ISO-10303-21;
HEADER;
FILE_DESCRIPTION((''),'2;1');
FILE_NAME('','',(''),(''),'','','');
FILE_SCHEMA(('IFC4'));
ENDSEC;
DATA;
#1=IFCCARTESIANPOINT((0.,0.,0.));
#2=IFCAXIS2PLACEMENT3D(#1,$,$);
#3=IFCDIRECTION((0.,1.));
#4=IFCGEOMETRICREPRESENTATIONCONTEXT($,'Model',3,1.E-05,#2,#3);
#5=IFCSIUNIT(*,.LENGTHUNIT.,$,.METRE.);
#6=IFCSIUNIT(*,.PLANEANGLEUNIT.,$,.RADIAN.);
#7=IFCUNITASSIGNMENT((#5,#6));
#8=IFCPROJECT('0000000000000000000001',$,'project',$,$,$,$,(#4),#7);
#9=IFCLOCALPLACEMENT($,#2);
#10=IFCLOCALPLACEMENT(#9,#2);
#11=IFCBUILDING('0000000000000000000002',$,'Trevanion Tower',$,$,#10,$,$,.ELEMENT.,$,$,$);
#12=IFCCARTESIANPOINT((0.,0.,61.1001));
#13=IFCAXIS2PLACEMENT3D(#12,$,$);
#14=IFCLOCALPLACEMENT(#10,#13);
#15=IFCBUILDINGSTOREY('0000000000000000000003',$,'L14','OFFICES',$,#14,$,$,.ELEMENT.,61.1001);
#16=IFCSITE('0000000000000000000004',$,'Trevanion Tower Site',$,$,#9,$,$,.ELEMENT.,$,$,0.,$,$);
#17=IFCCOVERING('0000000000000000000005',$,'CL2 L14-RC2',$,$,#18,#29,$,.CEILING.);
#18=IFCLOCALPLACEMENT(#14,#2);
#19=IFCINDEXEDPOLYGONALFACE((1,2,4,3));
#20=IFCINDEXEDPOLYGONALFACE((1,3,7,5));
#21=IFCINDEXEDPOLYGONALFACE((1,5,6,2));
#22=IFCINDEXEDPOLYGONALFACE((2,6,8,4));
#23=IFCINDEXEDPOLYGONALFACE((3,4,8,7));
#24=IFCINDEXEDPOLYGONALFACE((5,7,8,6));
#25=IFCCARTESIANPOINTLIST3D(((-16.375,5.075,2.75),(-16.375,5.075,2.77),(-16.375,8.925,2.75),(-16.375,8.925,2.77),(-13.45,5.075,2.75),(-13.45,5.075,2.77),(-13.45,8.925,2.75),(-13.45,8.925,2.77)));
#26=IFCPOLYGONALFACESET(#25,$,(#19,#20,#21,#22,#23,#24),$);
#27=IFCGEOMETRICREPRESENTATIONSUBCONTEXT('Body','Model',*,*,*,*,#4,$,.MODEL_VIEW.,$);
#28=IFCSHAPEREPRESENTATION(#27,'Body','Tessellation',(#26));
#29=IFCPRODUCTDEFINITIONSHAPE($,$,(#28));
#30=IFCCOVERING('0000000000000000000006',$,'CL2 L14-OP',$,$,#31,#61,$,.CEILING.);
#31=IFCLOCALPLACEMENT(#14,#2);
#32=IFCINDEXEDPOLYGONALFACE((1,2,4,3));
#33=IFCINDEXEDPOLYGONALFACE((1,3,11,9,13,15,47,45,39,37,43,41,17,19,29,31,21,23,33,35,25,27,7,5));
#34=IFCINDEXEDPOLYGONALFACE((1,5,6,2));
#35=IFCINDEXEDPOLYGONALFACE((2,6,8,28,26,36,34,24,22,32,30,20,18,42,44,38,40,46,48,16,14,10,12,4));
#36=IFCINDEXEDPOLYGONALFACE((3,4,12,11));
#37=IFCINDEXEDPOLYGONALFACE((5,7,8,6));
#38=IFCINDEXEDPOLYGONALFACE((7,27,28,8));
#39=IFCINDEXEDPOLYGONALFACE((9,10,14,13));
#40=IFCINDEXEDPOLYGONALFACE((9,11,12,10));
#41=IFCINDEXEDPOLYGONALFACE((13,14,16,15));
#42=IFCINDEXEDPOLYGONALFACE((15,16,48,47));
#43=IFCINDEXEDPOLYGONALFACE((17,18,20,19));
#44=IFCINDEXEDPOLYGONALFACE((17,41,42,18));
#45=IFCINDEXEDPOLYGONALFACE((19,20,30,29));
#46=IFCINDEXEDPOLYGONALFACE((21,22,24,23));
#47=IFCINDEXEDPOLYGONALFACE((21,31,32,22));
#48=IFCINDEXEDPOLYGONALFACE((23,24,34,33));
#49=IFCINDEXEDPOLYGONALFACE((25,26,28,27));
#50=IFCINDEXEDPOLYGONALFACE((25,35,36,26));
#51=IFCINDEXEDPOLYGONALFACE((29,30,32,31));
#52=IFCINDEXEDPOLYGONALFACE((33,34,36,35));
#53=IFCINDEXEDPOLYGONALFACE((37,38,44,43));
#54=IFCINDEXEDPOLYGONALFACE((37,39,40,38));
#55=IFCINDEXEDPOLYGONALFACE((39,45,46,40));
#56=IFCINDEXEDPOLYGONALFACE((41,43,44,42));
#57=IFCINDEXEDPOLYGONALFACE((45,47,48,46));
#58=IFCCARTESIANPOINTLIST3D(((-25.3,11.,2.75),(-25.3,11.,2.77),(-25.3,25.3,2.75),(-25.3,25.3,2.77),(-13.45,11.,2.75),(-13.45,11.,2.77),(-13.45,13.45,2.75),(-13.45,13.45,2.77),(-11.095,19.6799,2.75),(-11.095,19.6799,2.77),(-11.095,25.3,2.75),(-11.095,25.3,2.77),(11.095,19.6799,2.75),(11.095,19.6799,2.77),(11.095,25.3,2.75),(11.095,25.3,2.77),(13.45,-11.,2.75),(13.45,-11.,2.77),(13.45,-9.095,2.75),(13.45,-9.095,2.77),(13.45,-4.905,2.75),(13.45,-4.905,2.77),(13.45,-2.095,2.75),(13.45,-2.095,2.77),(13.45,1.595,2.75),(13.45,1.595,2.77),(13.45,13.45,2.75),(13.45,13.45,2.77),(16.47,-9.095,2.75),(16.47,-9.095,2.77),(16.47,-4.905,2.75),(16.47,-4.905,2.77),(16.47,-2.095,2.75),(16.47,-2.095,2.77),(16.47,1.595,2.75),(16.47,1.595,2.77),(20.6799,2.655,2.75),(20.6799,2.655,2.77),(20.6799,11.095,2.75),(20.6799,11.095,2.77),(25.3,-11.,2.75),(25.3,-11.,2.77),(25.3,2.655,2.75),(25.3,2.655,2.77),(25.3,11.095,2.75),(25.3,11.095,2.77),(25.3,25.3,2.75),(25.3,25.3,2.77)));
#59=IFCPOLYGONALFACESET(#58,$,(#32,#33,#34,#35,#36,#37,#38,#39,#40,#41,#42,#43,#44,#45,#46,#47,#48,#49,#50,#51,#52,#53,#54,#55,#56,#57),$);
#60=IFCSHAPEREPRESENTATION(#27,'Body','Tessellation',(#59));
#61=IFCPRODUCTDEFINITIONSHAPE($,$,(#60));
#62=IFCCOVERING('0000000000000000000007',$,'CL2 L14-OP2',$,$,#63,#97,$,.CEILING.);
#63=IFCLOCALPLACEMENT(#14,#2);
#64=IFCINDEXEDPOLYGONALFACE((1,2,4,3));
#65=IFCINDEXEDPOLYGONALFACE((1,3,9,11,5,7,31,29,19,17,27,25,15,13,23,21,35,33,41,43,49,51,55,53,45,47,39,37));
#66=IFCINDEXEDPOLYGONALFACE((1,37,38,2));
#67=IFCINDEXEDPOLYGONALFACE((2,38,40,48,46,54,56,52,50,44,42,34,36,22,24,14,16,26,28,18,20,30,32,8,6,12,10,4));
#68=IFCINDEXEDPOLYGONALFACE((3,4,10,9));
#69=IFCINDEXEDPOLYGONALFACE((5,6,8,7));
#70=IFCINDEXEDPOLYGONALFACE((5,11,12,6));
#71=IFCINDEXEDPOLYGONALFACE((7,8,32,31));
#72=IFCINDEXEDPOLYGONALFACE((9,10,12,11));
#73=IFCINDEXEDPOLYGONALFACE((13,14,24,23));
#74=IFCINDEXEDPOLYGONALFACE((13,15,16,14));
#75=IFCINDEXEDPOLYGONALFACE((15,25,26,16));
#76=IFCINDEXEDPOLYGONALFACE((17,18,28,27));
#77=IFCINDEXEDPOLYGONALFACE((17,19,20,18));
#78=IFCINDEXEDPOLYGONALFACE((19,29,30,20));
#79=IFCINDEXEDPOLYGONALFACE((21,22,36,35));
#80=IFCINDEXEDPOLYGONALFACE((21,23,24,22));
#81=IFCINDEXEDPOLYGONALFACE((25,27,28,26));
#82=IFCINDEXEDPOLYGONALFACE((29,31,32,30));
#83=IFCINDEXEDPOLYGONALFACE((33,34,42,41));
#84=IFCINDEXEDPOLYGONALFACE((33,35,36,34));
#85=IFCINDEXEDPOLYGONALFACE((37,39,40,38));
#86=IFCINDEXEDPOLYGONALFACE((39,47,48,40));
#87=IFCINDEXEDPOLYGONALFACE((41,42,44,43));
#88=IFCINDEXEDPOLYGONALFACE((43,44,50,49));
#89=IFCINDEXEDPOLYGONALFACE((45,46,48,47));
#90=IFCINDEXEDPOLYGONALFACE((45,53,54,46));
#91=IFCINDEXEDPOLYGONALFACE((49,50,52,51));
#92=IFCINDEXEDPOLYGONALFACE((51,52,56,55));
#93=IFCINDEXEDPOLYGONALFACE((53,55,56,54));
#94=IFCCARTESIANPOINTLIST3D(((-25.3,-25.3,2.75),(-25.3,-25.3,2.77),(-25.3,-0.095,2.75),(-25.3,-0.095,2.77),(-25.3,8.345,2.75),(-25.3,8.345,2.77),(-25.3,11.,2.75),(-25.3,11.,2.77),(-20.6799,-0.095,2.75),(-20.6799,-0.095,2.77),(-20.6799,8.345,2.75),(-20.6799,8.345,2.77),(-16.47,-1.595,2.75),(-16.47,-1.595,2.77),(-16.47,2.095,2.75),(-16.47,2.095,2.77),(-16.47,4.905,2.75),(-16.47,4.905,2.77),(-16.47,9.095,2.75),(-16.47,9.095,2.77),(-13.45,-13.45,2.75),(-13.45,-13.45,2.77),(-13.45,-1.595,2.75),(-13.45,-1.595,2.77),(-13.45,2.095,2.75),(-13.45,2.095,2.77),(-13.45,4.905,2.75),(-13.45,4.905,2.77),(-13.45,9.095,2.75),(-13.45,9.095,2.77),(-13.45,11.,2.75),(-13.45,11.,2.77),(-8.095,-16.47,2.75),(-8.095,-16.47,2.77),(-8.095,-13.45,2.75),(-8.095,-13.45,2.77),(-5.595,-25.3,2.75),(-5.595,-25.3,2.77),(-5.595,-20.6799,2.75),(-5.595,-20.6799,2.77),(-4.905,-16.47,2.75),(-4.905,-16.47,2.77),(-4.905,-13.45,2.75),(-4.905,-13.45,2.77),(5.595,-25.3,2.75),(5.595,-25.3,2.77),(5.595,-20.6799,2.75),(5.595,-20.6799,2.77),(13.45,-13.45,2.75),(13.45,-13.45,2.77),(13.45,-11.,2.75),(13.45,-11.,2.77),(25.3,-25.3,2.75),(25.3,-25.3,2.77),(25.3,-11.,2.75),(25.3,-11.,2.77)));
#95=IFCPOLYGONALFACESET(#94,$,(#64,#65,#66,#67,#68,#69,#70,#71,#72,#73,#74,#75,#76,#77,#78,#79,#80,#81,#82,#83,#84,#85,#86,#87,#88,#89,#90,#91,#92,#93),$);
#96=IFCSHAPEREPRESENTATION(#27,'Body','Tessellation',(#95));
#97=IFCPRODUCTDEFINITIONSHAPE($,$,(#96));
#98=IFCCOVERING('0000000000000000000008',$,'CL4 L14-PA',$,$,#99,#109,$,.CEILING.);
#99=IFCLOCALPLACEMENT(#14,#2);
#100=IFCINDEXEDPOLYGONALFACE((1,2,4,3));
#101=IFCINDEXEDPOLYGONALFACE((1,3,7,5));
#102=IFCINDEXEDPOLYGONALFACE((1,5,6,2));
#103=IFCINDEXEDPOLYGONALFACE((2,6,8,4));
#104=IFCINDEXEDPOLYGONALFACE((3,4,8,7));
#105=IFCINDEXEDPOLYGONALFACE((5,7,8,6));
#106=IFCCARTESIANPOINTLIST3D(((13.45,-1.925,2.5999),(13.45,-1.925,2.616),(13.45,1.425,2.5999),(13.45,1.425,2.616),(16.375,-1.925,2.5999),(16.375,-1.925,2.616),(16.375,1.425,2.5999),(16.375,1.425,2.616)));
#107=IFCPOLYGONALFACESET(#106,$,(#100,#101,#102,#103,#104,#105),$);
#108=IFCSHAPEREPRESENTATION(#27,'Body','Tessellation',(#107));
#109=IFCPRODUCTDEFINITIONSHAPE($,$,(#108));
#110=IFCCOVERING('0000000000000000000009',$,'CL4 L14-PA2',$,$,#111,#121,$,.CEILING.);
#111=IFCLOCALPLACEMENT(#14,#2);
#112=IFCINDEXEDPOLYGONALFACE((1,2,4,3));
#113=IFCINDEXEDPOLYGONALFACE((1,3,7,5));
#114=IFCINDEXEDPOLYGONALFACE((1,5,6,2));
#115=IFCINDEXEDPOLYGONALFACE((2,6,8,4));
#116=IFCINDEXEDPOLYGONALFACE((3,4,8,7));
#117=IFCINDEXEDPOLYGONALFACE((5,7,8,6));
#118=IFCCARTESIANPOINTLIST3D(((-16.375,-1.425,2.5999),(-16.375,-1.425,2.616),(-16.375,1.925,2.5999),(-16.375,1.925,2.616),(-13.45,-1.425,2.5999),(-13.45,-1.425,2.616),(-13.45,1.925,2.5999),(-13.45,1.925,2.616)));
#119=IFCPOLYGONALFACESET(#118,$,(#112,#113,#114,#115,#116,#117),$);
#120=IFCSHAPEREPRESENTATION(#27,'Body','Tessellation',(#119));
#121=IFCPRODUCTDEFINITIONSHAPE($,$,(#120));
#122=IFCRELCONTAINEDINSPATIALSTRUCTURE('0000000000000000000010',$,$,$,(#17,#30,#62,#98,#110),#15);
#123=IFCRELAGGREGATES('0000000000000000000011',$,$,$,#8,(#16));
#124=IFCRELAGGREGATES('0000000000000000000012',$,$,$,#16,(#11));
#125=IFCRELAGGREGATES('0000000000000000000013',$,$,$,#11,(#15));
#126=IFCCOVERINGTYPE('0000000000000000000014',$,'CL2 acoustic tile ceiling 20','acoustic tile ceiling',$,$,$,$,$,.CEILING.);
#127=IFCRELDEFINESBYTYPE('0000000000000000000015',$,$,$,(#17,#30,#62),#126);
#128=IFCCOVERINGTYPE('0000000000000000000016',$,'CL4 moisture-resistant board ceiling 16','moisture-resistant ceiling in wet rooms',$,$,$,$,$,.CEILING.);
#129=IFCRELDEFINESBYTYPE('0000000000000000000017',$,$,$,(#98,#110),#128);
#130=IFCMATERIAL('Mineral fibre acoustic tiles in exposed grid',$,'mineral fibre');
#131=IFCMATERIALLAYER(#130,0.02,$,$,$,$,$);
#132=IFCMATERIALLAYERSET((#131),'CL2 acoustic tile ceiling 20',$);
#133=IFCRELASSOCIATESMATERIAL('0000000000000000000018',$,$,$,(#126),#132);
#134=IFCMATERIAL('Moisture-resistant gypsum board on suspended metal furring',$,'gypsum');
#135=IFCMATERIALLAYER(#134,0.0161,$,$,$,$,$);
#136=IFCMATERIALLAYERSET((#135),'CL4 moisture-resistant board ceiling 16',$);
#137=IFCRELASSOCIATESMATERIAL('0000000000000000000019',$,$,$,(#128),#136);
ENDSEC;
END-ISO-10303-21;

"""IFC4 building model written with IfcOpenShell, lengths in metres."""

from ifc_helpers import new_model, si_unit, direction, frame, origin, place, context, subcontext, project, spatial, polyline, outline, extrude, material, layer, layer_set, type_object, element, save


model = new_model("IFC4")

# Units and contexts
model_context = context("Model", 3, precision=1e-05, world=origin(), true_north=direction((0.0, 1.0)))
body_context = subcontext(model_context, "Body", "Model", "MODEL_VIEW")
ifc_project = project(units=[si_unit("LENGTHUNIT", "METRE"), si_unit("PLANEANGLEUNIT", "RADIAN")], contexts=[model_context])

# Site, building, storey
site_placement = place(None, origin())
site = spatial("IfcSite", under=ifc_project, at=site_placement, Name="Trevanion Tower Site", CompositionType="ELEMENT", RefElevation=0.0)
building_placement = place(site_placement, origin())
building = spatial("IfcBuilding", under=site, at=building_placement, Name="Trevanion Tower", CompositionType="ELEMENT")
storey_placement = place(building_placement, frame((0.0, 0.0, 61.1001)))
storey = spatial("IfcBuildingStorey", under=building, at=storey_placement, Name="L14", Description="OFFICES", CompositionType="ELEMENT", Elevation=61.1001)

# Coverings
ifc_material_1 = material(Name="Mineral fibre acoustic tiles in exposed grid", Category="mineral fibre")
ifc_layer_1 = layer(ifc_material_1, 0.02)
ifc_layer_set_1 = layer_set([ifc_layer_1], Name="CL2 acoustic tile ceiling 20")
covering_type_1 = type_object("IfcCoveringType", Name="CL2 acoustic tile ceiling 20", Description="acoustic tile ceiling", PredefinedType="CEILING", material=ifc_layer_set_1)
covering_1_placement = place(storey_placement, frame((0.0, 0.0, 2.75)))
element("IfcCovering", 1, at=covering_1_placement, inside=storey, type_object=covering_type_1, Name="CL2 L14-RC2", PredefinedType="CEILING", context=body_context, shape_type="SweptSolid", body=[
    extrude(outline(polyline([(-13.45, 8.925), (-13.45, 5.075), (-16.375, 5.075), (-16.375, 8.925), (-13.45, 8.925)])), origin(), (0.0, 0.0, 1.0), 0.02),
])
covering_2_placement = place(storey_placement, frame((0.0, 0.0, 2.75)))
element("IfcCovering", 2, at=covering_2_placement, inside=storey, type_object=covering_type_1, Name="CL2 L14-OP", PredefinedType="CEILING", context=body_context, shape_type="SweptSolid", body=[
    extrude(outline(polyline([(13.45, 13.45), (-13.45, 13.45), (-13.45, 11.0), (-25.3, 11.0), (-25.3, 25.3), (-11.095, 25.3), (-11.095, 19.6799), (11.095, 19.6799), (11.095, 25.3), (25.3, 25.3), (25.3, 11.095), (20.6799, 11.095), (20.6799, 2.655), (25.3, 2.655), (25.3, -11.0), (13.45, -11.0), (13.45, -9.095), (16.47, -9.095), (16.47, -4.905), (13.45, -4.905), (13.45, -2.095), (16.47, -2.095), (16.47, 1.595), (13.45, 1.595), (13.45, 13.45)])), origin(), (0.0, 0.0, 1.0), 0.02),
])
covering_3_placement = place(storey_placement, frame((0.0, 0.0, 2.75)))
element("IfcCovering", 3, at=covering_3_placement, inside=storey, type_object=covering_type_1, Name="CL2 L14-OP2", PredefinedType="CEILING", context=body_context, shape_type="SweptSolid", body=[
    extrude(outline(polyline([(13.45, -11.0), (25.3, -11.0), (25.3, -25.3), (5.595, -25.3), (5.595, -20.6799), (-5.595, -20.6799), (-5.595, -25.3), (-25.3, -25.3), (-25.3, -0.095), (-20.6799, -0.095), (-20.6799, 8.345), (-25.3, 8.345), (-25.3, 11.0), (-13.45, 11.0), (-13.45, 9.095), (-16.47, 9.095), (-16.47, 4.905), (-13.45, 4.905), (-13.45, 2.095), (-16.47, 2.095), (-16.47, -1.595), (-13.45, -1.595), (-13.45, -13.45), (-8.095, -13.45), (-8.095, -16.47), (-4.905, -16.47), (-4.905, -13.45), (13.45, -13.45), (13.45, -11.0)])), origin(), (0.0, 0.0, 1.0), 0.02),
])
ifc_material_2 = material(Name="Moisture-resistant gypsum board on suspended metal furring", Category="gypsum")
ifc_layer_2 = layer(ifc_material_2, 0.0161)
ifc_layer_set_2 = layer_set([ifc_layer_2], Name="CL4 moisture-resistant board ceiling 16")
covering_type_2 = type_object("IfcCoveringType", Name="CL4 moisture-resistant board ceiling 16", Description="moisture-resistant ceiling in wet rooms", PredefinedType="CEILING", material=ifc_layer_set_2)
covering_4_placement = place(storey_placement, frame((0.0, 0.0, 2.5999)))
element("IfcCovering", 4, at=covering_4_placement, inside=storey, type_object=covering_type_2, Name="CL4 L14-PA", PredefinedType="CEILING", context=body_context, shape_type="SweptSolid", body=[
    extrude(outline(polyline([(13.45, -1.925), (13.45, 1.425), (16.375, 1.425), (16.375, -1.925), (13.45, -1.925)])), origin(), (0.0, 0.0, 1.0), 0.0161),
])
covering_5_placement = place(storey_placement, frame((0.0, 0.0, 2.5999)))
element("IfcCovering", 5, at=covering_5_placement, inside=storey, type_object=covering_type_2, Name="CL4 L14-PA2", PredefinedType="CEILING", context=body_context, shape_type="SweptSolid", body=[
    extrude(outline(polyline([(-13.45, 1.925), (-13.45, -1.425), (-16.375, -1.425), (-16.375, 1.925), (-13.45, 1.925)])), origin(), (0.0, 0.0, 1.0), 0.0161),
])

save(model, "model.ifc")
